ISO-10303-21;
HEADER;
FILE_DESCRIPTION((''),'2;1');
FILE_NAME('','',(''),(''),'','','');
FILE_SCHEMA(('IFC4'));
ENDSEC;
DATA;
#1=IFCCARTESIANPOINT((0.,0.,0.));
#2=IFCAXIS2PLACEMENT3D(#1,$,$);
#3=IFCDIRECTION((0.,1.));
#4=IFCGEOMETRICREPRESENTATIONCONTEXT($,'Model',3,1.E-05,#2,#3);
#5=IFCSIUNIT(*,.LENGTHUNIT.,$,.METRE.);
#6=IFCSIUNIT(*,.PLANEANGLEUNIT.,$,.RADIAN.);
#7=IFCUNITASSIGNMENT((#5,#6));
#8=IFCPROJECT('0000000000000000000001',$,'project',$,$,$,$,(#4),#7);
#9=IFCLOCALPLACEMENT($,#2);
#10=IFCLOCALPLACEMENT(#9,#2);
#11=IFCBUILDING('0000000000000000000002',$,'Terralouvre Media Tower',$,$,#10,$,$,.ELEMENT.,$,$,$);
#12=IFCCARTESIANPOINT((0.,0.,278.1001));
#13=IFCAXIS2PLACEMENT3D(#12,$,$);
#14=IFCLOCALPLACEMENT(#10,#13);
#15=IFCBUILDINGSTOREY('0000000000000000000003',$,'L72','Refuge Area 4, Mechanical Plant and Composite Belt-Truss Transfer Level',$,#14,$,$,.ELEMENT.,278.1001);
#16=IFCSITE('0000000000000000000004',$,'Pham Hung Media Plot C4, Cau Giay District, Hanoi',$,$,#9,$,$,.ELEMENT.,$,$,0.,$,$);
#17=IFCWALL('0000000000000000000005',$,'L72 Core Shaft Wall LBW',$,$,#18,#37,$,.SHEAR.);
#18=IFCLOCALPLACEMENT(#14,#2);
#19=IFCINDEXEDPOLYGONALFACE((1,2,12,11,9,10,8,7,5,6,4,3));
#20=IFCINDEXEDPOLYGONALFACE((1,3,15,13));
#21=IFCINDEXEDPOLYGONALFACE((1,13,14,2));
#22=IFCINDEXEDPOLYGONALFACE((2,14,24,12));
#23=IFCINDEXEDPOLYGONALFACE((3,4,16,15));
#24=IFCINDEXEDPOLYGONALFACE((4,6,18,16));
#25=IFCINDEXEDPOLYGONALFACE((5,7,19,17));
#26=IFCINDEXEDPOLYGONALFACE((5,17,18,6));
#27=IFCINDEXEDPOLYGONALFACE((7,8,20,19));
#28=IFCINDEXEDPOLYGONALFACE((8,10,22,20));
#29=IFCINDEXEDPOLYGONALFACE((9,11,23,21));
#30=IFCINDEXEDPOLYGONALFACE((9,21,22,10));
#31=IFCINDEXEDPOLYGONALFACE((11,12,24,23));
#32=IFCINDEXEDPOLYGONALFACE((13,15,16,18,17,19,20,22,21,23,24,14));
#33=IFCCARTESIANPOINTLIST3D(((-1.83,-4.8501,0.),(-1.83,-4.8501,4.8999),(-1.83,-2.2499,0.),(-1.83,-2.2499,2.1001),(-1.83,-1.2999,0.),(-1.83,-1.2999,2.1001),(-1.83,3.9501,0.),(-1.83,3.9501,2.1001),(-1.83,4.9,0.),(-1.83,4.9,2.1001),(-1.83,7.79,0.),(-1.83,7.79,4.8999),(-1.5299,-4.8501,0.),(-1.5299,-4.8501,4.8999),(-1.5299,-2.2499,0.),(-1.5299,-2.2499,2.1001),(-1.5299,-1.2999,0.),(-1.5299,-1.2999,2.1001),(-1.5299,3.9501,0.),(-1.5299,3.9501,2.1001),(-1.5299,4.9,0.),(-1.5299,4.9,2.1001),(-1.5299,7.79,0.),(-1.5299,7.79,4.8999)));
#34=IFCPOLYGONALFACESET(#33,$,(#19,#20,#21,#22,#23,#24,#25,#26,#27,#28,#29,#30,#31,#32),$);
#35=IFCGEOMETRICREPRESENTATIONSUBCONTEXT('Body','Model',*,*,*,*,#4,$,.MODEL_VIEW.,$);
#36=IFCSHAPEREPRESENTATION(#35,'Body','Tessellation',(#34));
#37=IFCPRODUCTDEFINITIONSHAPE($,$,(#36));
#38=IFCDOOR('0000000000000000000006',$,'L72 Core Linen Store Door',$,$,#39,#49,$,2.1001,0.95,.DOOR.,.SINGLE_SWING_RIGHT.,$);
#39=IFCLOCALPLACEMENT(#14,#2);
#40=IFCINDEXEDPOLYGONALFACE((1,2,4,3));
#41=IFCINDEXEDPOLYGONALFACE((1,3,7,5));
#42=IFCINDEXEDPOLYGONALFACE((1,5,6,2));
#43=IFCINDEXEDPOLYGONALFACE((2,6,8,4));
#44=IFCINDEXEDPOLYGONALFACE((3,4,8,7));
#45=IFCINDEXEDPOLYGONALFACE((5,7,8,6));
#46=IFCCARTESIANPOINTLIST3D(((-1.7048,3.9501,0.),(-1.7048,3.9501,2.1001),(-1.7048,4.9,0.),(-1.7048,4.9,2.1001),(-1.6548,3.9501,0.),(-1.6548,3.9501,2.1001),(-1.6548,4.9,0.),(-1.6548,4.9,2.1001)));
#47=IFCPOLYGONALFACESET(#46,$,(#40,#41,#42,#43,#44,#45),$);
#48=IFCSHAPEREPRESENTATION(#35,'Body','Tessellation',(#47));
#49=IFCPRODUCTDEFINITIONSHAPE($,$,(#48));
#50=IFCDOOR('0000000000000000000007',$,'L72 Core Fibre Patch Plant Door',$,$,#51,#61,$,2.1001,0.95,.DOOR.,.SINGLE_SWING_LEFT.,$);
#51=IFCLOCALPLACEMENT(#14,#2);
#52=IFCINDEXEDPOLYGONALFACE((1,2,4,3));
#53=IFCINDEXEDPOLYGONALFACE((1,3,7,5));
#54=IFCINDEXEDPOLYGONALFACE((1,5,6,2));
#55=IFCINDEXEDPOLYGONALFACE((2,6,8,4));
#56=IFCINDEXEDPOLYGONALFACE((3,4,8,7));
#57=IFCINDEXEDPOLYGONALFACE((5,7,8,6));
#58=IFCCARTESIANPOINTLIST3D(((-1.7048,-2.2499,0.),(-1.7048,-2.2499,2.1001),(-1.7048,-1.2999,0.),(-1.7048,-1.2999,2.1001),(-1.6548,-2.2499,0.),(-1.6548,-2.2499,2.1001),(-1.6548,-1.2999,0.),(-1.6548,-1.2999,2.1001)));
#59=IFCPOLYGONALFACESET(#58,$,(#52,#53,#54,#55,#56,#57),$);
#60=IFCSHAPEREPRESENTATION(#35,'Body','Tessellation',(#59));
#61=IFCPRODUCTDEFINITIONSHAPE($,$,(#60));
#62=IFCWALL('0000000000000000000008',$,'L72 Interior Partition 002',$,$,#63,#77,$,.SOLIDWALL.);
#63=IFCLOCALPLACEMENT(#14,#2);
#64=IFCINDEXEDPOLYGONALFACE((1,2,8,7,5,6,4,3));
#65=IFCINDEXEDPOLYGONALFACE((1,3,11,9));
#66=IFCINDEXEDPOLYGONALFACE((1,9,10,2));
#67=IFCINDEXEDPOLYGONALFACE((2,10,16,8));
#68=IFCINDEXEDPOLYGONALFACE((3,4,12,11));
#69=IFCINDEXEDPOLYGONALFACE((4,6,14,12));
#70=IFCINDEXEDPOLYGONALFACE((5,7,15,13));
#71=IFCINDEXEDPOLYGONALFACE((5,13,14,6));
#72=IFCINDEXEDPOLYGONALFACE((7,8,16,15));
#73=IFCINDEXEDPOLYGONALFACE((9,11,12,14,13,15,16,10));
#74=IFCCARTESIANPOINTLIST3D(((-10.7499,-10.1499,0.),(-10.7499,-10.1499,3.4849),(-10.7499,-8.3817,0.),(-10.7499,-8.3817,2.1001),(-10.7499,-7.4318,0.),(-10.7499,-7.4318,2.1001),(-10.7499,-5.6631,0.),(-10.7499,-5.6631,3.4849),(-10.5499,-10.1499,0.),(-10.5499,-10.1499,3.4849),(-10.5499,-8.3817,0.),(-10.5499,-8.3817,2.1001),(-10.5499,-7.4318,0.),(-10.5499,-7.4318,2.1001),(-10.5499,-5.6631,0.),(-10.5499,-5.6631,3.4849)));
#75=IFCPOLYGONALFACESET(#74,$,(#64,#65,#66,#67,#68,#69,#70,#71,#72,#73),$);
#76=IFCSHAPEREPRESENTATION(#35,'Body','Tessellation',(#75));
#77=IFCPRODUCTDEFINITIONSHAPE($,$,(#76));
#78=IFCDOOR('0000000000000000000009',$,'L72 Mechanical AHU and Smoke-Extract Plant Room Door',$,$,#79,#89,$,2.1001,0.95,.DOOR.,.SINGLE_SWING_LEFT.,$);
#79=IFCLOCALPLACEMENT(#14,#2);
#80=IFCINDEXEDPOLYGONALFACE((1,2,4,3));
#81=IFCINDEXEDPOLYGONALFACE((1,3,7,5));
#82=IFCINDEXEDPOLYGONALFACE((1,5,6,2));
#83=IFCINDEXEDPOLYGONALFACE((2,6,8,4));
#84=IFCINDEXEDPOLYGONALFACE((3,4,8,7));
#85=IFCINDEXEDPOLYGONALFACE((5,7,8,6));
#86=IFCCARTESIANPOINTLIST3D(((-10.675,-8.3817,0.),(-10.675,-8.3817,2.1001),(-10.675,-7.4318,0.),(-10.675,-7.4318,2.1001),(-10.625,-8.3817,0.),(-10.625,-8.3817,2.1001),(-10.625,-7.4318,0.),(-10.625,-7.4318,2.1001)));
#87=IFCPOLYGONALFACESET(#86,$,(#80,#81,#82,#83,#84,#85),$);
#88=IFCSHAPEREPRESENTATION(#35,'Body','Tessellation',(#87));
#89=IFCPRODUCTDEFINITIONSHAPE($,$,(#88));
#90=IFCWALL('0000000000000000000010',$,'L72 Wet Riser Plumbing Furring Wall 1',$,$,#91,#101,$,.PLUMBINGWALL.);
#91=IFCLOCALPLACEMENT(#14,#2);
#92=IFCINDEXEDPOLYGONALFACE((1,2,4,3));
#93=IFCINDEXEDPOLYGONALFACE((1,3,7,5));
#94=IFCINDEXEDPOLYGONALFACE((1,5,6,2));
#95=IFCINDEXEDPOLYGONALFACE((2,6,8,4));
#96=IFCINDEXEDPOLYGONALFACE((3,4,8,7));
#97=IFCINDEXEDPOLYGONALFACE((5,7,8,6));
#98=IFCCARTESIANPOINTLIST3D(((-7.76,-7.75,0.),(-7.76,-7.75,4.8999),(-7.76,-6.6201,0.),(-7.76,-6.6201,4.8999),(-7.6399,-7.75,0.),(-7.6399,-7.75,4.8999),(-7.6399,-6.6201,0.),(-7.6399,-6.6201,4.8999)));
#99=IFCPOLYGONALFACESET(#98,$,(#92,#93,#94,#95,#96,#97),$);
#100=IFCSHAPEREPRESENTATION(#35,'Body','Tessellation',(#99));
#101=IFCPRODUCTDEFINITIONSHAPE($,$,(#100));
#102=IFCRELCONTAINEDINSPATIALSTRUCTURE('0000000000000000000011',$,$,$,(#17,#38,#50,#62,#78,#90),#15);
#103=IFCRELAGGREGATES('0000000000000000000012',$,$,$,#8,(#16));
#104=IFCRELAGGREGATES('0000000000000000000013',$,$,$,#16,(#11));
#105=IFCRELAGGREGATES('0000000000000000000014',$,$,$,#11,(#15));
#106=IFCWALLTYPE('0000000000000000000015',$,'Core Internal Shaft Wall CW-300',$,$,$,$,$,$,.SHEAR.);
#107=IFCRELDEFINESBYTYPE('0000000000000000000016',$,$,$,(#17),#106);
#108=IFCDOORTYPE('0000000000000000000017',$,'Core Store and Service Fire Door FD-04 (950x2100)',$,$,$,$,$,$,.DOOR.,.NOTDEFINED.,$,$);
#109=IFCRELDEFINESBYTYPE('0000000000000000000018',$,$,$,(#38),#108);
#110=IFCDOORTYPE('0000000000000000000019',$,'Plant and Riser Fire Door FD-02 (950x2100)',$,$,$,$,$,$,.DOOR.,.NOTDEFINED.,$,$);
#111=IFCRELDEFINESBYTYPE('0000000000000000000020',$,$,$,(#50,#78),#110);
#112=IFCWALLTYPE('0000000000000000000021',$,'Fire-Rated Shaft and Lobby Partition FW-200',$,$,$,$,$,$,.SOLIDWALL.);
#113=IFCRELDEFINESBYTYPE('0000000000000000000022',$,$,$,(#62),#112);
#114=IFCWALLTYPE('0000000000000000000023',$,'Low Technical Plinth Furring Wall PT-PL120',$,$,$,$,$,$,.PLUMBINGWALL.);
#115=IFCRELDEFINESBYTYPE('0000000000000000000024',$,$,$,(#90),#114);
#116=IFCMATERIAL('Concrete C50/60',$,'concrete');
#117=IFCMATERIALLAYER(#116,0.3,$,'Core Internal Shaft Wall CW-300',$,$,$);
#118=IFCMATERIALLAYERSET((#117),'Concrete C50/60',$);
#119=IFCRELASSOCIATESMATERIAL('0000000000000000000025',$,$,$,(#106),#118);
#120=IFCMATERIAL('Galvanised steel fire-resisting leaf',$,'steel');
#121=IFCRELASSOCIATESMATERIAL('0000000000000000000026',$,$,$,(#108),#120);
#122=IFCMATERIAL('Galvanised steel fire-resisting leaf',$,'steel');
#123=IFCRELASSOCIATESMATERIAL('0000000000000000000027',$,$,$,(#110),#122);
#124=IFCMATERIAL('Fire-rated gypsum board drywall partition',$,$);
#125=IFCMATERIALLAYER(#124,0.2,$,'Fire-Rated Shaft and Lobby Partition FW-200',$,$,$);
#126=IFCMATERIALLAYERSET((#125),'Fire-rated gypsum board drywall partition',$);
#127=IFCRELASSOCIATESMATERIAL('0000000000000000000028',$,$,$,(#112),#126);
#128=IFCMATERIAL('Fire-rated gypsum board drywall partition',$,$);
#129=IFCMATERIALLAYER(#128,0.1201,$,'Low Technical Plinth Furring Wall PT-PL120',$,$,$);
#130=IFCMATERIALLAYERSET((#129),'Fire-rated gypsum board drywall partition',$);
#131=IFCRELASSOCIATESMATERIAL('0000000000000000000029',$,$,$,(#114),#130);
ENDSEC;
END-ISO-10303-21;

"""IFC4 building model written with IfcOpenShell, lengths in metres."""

from ifc_helpers import new_model, si_unit, direction, frame, frame_2d, origin, place, context, subcontext, project, spatial, rectangle, extrude, material, layer, layer_set, type_object, element, fill, save


model = new_model("IFC4")

# Units and contexts
model_context = context("Model", 3, precision=1e-05, world=origin(), true_north=direction((0.0, 1.0)))
body_context = subcontext(model_context, "Body", "Model", "MODEL_VIEW")
ifc_project = project(units=[si_unit("LENGTHUNIT", "METRE"), si_unit("PLANEANGLEUNIT", "RADIAN")], contexts=[model_context])

# Site, building, storey
site_placement = place(None, origin())
site = spatial("IfcSite", under=ifc_project, at=site_placement, Name="Pham Hung Media Plot C4, Cau Giay District, Hanoi", CompositionType="ELEMENT", RefElevation=0.0)
building_placement = place(site_placement, origin())
building = spatial("IfcBuilding", under=site, at=building_placement, Name="Terralouvre Media Tower", CompositionType="ELEMENT")
storey_placement = place(building_placement, frame((0.0, 0.0, 278.1001)))
storey = spatial("IfcBuildingStorey", under=building, at=storey_placement, Name="L72", Description="Refuge Area 4, Mechanical Plant and Composite Belt-Truss Transfer Level", CompositionType="ELEMENT", Elevation=278.1001)

# Shared definitions
ifc_material_1 = material(Name="Concrete C50/60", Category="concrete")
ifc_layer_1 = layer(ifc_material_1, 0.3, Name="Core Internal Shaft Wall CW-300")
ifc_layer_set_1 = layer_set([ifc_layer_1], Name="Concrete C50/60")
wall_type_1 = type_object("IfcWallType", Name="Core Internal Shaft Wall CW-300", PredefinedType="SHEAR", material=ifc_layer_set_1)

# Wall, openings, doors
wall_1_placement = place(storey_placement, frame((-1.6799, -4.8501, 0.0), z_axis=(0.0, 0.0, 1.0), x_axis=(0.0, 1.0, 0.0)))
wall_1 = element("IfcWall", 1, at=wall_1_placement, inside=storey, type_object=wall_type_1, Name="L72 Core Shaft Wall LBW", PredefinedType="SHEAR", context=body_context, shape_type="SweptSolid", body=[
    extrude(rectangle(XDim=12.6401, YDim=0.3, at=frame_2d((6.3201, 0.0))), origin(), (0.0, 0.0, 1.0), 4.8999),
])
opening_1_placement = place(wall_1_placement, frame((2.6001, 0.0, 0.0)))
opening_1 = element("IfcOpeningElement", 2, at=opening_1_placement, cuts=wall_1, PredefinedType="OPENING", context=body_context, shape_type="SweptSolid", body=[
    extrude(rectangle(XDim=0.95, YDim=2.1001, at=frame_2d((0.4751, 1.05))), frame((0.0, 0.1599, 0.0), z_axis=(0.0, -1.0, 0.0), x_axis=(1.0, 0.0, 0.0)), (0.0, 0.0, 1.0), 0.3201),
])
opening_2_placement = place(wall_1_placement, frame((8.8, 0.0, 0.0)))
opening_2 = element("IfcOpeningElement", 3, at=opening_2_placement, cuts=wall_1, PredefinedType="OPENING", context=body_context, shape_type="SweptSolid", body=[
    extrude(rectangle(XDim=0.95, YDim=2.1001, at=frame_2d((0.4751, 1.05))), frame((0.0, 0.1599, 0.0), z_axis=(0.0, -1.0, 0.0), x_axis=(1.0, 0.0, 0.0)), (0.0, 0.0, 1.0), 0.3201),
])
ifc_material_2 = material(Name="Galvanised steel fire-resisting leaf", Category="steel")
door_type_1 = type_object("IfcDoorType", Name="Core Store and Service Fire Door FD-04 (950x2100)", OperationType="NOTDEFINED", PredefinedType="DOOR", material=ifc_material_2)
door_1_placement = place(opening_2_placement, origin())
door_1 = element("IfcDoor", 4, at=door_1_placement, inside=storey, type_object=door_type_1, Name="L72 Core Linen Store Door", OperationType="SINGLE_SWING_RIGHT", OverallHeight=2.1001, OverallWidth=0.95, PredefinedType="DOOR", context=body_context, shape_type="SweptSolid", body=[
    extrude(rectangle(XDim=0.95, YDim=2.1001, at=frame_2d((0.4751, 1.05))), frame((0.0, 0.0249, 0.0), z_axis=(0.0, -1.0, 0.0), x_axis=(1.0, 0.0, 0.0)), (0.0, 0.0, 1.0), 0.05),
])
fill(opening_2, door_1)
ifc_material_3 = material(Name="Galvanised steel fire-resisting leaf", Category="steel")
door_type_2 = type_object("IfcDoorType", Name="Plant and Riser Fire Door FD-02 (950x2100)", OperationType="NOTDEFINED", PredefinedType="DOOR", material=ifc_material_3)
door_2_placement = place(opening_1_placement, origin())
door_2 = element("IfcDoor", 5, at=door_2_placement, inside=storey, type_object=door_type_2, Name="L72 Core Fibre Patch Plant Door", OperationType="SINGLE_SWING_LEFT", OverallHeight=2.1001, OverallWidth=0.95, PredefinedType="DOOR", context=body_context, shape_type="SweptSolid", body=[
    extrude(rectangle(XDim=0.95, YDim=2.1001, at=frame_2d((0.4751, 1.05))), frame((0.0, 0.0249, 0.0), z_axis=(0.0, -1.0, 0.0), x_axis=(1.0, 0.0, 0.0)), (0.0, 0.0, 1.0), 0.05),
])
fill(opening_1, door_2)

# Wall, opening, door
ifc_material_4 = material(Name="Fire-rated gypsum board drywall partition")
ifc_layer_2 = layer(ifc_material_4, 0.2, Name="Fire-Rated Shaft and Lobby Partition FW-200")
ifc_layer_set_2 = layer_set([ifc_layer_2], Name="Fire-rated gypsum board drywall partition")
wall_type_2 = type_object("IfcWallType", Name="Fire-Rated Shaft and Lobby Partition FW-200", PredefinedType="SOLIDWALL", material=ifc_layer_set_2)
wall_2_placement = place(storey_placement, frame((-10.6499, -5.6631, 0.0), z_axis=(0.0, 0.0, 1.0), x_axis=(0.0, -1.0, 0.0)))
wall_2 = element("IfcWall", 6, at=wall_2_placement, inside=storey, type_object=wall_type_2, Name="L72 Interior Partition 002", PredefinedType="SOLIDWALL", context=body_context, shape_type="SweptSolid", body=[
    extrude(rectangle(XDim=4.4868, YDim=0.2, at=frame_2d((2.2434, 0.0))), origin(), (0.0, 0.0, 1.0), 3.4849),
])
opening_3_placement = place(wall_2_placement, frame((1.7686, 0.0, 0.0)))
opening_3 = element("IfcOpeningElement", 7, at=opening_3_placement, cuts=wall_2, PredefinedType="OPENING", context=body_context, shape_type="SweptSolid", body=[
    extrude(rectangle(XDim=0.95, YDim=2.1001, at=frame_2d((0.4751, 1.05))), frame((0.0, 0.1099, 0.0), z_axis=(0.0, -1.0, 0.0), x_axis=(1.0, 0.0, 0.0)), (0.0, 0.0, 1.0), 0.22),
])
door_3_placement = place(opening_3_placement, origin())
door_3 = element("IfcDoor", 8, at=door_3_placement, inside=storey, type_object=door_type_2, Name="L72 Mechanical AHU and Smoke-Extract Plant Room Door", OperationType="SINGLE_SWING_LEFT", OverallHeight=2.1001, OverallWidth=0.95, PredefinedType="DOOR", context=body_context, shape_type="SweptSolid", body=[
    extrude(rectangle(XDim=0.95, YDim=2.1001, at=frame_2d((0.4751, 1.05))), frame((0.0, 0.0249, 0.0), z_axis=(0.0, -1.0, 0.0), x_axis=(1.0, 0.0, 0.0)), (0.0, 0.0, 1.0), 0.05),
])
fill(opening_3, door_3)

# Wall
ifc_material_5 = material(Name="Fire-rated gypsum board drywall partition")
ifc_layer_3 = layer(ifc_material_5, 0.1201, Name="Low Technical Plinth Furring Wall PT-PL120")
ifc_layer_set_3 = layer_set([ifc_layer_3], Name="Fire-rated gypsum board drywall partition")
wall_type_3 = type_object("IfcWallType", Name="Low Technical Plinth Furring Wall PT-PL120", PredefinedType="PLUMBINGWALL", material=ifc_layer_set_3)
wall_3_placement = place(storey_placement, frame((-7.7, -7.75, 0.0), z_axis=(0.0, 0.0, 1.0), x_axis=(0.0, 1.0, 0.0)))
element("IfcWall", 9, at=wall_3_placement, inside=storey, type_object=wall_type_3, Name="L72 Wet Riser Plumbing Furring Wall 1", PredefinedType="PLUMBINGWALL", context=body_context, shape_type="SweptSolid", body=[
    extrude(rectangle(XDim=1.1299, YDim=0.1201, at=frame_2d((0.5649, 0.0))), origin(), (0.0, 0.0, 1.0), 4.8999),
])

save(model, "model.ifc")
